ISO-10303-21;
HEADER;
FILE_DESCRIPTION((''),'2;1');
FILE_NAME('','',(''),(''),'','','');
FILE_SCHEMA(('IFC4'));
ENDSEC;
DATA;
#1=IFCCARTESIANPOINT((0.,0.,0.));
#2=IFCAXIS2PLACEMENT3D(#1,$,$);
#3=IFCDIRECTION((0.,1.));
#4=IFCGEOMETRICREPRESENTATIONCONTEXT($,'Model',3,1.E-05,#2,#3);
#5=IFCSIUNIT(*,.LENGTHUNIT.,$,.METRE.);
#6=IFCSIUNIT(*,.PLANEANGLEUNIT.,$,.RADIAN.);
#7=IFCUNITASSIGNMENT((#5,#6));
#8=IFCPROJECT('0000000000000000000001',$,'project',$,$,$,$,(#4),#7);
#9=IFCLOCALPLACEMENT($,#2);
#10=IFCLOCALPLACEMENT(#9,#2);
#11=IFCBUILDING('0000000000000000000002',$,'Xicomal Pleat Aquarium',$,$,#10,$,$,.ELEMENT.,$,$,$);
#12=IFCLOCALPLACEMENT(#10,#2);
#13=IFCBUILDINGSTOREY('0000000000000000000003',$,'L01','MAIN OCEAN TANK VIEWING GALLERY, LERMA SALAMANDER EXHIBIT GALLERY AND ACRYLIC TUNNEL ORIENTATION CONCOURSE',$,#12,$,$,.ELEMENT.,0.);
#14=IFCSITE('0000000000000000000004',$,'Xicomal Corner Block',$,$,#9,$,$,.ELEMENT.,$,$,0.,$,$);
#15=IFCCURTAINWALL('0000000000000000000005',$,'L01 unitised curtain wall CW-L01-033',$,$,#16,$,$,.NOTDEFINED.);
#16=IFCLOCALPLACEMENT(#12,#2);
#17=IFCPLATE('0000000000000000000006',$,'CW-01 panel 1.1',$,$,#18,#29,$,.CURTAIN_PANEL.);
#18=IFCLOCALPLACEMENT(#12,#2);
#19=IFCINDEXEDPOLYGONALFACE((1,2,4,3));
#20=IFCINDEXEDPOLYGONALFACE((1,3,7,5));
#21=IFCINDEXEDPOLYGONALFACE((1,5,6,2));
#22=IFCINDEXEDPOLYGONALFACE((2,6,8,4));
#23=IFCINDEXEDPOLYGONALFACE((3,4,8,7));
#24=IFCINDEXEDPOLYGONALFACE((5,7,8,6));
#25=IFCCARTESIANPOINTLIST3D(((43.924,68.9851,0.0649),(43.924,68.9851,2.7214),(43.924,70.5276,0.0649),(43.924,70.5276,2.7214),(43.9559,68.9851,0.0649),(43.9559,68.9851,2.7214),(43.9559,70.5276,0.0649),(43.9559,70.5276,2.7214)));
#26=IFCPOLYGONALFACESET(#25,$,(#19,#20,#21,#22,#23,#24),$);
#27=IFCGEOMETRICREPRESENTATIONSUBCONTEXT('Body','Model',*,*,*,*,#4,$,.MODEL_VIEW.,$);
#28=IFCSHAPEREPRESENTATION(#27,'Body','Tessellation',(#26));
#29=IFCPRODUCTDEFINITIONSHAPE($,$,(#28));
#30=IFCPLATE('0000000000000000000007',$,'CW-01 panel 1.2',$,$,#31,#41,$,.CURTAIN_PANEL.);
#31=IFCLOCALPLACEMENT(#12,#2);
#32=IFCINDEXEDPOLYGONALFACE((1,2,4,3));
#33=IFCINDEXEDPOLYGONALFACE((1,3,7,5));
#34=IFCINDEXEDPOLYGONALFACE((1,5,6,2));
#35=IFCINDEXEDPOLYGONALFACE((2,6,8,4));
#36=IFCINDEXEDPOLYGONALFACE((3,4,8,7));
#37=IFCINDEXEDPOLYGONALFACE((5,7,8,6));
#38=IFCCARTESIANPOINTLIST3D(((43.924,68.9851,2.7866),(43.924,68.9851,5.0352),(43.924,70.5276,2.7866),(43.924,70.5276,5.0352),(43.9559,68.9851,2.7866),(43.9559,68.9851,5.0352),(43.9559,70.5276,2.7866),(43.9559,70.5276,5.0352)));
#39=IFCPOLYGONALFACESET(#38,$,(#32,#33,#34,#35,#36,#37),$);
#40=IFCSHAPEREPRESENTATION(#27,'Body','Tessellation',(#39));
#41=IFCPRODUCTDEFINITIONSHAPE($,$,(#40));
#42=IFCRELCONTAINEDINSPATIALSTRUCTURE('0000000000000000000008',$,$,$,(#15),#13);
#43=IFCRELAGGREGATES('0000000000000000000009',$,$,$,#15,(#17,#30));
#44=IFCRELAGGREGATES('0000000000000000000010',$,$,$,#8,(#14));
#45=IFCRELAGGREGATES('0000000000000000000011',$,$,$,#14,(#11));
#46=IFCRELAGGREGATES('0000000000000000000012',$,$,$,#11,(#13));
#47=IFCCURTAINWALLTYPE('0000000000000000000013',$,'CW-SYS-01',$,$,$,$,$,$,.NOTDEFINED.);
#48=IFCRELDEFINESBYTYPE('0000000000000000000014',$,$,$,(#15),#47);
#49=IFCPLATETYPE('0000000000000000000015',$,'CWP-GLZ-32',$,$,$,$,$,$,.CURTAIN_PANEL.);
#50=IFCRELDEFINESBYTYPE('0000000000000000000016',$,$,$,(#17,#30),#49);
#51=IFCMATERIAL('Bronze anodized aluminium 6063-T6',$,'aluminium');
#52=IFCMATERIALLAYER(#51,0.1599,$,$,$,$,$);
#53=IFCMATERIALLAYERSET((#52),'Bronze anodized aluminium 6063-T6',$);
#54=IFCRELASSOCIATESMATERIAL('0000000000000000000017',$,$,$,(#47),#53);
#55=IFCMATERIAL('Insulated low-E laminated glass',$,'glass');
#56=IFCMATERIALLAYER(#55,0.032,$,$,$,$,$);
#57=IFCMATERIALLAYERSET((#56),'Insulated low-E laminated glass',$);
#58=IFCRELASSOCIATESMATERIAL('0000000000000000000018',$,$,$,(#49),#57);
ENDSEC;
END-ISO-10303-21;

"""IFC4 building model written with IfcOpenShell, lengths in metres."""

from ifc_helpers import new_model, si_unit, direction, frame, origin, origin_2d, place, context, subcontext, project, spatial, rectangle, extrude, material, layer, layer_set, type_object, element, aggregate, save


model = new_model("IFC4")

# Units and contexts
model_context = context("Model", 3, precision=1e-05, world=origin(), true_north=direction((0.0, 1.0)))
body_context = subcontext(model_context, "Body", "Model", "MODEL_VIEW")
ifc_project = project(units=[si_unit("LENGTHUNIT", "METRE"), si_unit("PLANEANGLEUNIT", "RADIAN")], contexts=[model_context])

# Site, building, storey
site_placement = place(None, origin())
site = spatial("IfcSite", under=ifc_project, at=site_placement, Name="Xicomal Corner Block", CompositionType="ELEMENT", RefElevation=0.0)
building_placement = place(site_placement, origin())
building = spatial("IfcBuilding", under=site, at=building_placement, Name="Xicomal Pleat Aquarium", CompositionType="ELEMENT")
storey_placement = place(building_placement, origin())
storey = spatial("IfcBuildingStorey", under=building, at=storey_placement, Name="L01", Description="MAIN OCEAN TANK VIEWING GALLERY, LERMA SALAMANDER EXHIBIT GALLERY AND ACRYLIC TUNNEL ORIENTATION CONCOURSE", CompositionType="ELEMENT", Elevation=0.0)

# Curtain wall
ifc_material_1 = material(Name="Bronze anodized aluminium 6063-T6", Category="aluminium")
ifc_layer_1 = layer(ifc_material_1, 0.1599)
ifc_layer_set_1 = layer_set([ifc_layer_1], Name="Bronze anodized aluminium 6063-T6")
curtain_wall_type_1 = type_object("IfcCurtainWallType", Name="CW-SYS-01", PredefinedType="NOTDEFINED", material=ifc_layer_set_1)
curtain_wall_1_placement = place(storey_placement, origin())
curtain_wall_1 = element("IfcCurtainWall", 1, at=curtain_wall_1_placement, inside=storey, type_object=curtain_wall_type_1, Name="L01 unitised curtain wall CW-L01-033", PredefinedType="NOTDEFINED")

# Plates
ifc_material_2 = material(Name="Insulated low-E laminated glass", Category="glass")
ifc_layer_2 = layer(ifc_material_2, 0.032)
ifc_layer_set_2 = layer_set([ifc_layer_2], Name="Insulated low-E laminated glass")
plate_type_1 = type_object("IfcPlateType", Name="CWP-GLZ-32", PredefinedType="CURTAIN_PANEL", material=ifc_layer_set_2)
plate_1_placement = place(storey_placement, frame((43.9399, 69.7563, 0.0649), z_axis=(0.0, 0.0, 1.0), x_axis=(0.0, 1.0, 0.0)))
plate_1 = element("IfcPlate", 2, at=plate_1_placement, type_object=plate_type_1, Name="CW-01 panel 1.1", PredefinedType="CURTAIN_PANEL", context=body_context, shape_type="SweptSolid", body=[
    extrude(rectangle(XDim=1.5425, YDim=0.032, at=origin_2d()), origin(), (0.0, 0.0, 1.0), 2.6565),
])
plate_2_placement = place(storey_placement, frame((43.9399, 69.7563, 2.7866), z_axis=(0.0, 0.0, 1.0), x_axis=(0.0, 1.0, 0.0)))
plate_2 = element("IfcPlate", 3, at=plate_2_placement, type_object=plate_type_1, Name="CW-01 panel 1.2", PredefinedType="CURTAIN_PANEL", context=body_context, shape_type="SweptSolid", body=[
    extrude(rectangle(XDim=1.5425, YDim=0.032, at=origin_2d()), origin(), (0.0, 0.0, 1.0), 2.2485),
])
aggregate(curtain_wall_1, [plate_1, plate_2])

save(model, "model.ifc")
